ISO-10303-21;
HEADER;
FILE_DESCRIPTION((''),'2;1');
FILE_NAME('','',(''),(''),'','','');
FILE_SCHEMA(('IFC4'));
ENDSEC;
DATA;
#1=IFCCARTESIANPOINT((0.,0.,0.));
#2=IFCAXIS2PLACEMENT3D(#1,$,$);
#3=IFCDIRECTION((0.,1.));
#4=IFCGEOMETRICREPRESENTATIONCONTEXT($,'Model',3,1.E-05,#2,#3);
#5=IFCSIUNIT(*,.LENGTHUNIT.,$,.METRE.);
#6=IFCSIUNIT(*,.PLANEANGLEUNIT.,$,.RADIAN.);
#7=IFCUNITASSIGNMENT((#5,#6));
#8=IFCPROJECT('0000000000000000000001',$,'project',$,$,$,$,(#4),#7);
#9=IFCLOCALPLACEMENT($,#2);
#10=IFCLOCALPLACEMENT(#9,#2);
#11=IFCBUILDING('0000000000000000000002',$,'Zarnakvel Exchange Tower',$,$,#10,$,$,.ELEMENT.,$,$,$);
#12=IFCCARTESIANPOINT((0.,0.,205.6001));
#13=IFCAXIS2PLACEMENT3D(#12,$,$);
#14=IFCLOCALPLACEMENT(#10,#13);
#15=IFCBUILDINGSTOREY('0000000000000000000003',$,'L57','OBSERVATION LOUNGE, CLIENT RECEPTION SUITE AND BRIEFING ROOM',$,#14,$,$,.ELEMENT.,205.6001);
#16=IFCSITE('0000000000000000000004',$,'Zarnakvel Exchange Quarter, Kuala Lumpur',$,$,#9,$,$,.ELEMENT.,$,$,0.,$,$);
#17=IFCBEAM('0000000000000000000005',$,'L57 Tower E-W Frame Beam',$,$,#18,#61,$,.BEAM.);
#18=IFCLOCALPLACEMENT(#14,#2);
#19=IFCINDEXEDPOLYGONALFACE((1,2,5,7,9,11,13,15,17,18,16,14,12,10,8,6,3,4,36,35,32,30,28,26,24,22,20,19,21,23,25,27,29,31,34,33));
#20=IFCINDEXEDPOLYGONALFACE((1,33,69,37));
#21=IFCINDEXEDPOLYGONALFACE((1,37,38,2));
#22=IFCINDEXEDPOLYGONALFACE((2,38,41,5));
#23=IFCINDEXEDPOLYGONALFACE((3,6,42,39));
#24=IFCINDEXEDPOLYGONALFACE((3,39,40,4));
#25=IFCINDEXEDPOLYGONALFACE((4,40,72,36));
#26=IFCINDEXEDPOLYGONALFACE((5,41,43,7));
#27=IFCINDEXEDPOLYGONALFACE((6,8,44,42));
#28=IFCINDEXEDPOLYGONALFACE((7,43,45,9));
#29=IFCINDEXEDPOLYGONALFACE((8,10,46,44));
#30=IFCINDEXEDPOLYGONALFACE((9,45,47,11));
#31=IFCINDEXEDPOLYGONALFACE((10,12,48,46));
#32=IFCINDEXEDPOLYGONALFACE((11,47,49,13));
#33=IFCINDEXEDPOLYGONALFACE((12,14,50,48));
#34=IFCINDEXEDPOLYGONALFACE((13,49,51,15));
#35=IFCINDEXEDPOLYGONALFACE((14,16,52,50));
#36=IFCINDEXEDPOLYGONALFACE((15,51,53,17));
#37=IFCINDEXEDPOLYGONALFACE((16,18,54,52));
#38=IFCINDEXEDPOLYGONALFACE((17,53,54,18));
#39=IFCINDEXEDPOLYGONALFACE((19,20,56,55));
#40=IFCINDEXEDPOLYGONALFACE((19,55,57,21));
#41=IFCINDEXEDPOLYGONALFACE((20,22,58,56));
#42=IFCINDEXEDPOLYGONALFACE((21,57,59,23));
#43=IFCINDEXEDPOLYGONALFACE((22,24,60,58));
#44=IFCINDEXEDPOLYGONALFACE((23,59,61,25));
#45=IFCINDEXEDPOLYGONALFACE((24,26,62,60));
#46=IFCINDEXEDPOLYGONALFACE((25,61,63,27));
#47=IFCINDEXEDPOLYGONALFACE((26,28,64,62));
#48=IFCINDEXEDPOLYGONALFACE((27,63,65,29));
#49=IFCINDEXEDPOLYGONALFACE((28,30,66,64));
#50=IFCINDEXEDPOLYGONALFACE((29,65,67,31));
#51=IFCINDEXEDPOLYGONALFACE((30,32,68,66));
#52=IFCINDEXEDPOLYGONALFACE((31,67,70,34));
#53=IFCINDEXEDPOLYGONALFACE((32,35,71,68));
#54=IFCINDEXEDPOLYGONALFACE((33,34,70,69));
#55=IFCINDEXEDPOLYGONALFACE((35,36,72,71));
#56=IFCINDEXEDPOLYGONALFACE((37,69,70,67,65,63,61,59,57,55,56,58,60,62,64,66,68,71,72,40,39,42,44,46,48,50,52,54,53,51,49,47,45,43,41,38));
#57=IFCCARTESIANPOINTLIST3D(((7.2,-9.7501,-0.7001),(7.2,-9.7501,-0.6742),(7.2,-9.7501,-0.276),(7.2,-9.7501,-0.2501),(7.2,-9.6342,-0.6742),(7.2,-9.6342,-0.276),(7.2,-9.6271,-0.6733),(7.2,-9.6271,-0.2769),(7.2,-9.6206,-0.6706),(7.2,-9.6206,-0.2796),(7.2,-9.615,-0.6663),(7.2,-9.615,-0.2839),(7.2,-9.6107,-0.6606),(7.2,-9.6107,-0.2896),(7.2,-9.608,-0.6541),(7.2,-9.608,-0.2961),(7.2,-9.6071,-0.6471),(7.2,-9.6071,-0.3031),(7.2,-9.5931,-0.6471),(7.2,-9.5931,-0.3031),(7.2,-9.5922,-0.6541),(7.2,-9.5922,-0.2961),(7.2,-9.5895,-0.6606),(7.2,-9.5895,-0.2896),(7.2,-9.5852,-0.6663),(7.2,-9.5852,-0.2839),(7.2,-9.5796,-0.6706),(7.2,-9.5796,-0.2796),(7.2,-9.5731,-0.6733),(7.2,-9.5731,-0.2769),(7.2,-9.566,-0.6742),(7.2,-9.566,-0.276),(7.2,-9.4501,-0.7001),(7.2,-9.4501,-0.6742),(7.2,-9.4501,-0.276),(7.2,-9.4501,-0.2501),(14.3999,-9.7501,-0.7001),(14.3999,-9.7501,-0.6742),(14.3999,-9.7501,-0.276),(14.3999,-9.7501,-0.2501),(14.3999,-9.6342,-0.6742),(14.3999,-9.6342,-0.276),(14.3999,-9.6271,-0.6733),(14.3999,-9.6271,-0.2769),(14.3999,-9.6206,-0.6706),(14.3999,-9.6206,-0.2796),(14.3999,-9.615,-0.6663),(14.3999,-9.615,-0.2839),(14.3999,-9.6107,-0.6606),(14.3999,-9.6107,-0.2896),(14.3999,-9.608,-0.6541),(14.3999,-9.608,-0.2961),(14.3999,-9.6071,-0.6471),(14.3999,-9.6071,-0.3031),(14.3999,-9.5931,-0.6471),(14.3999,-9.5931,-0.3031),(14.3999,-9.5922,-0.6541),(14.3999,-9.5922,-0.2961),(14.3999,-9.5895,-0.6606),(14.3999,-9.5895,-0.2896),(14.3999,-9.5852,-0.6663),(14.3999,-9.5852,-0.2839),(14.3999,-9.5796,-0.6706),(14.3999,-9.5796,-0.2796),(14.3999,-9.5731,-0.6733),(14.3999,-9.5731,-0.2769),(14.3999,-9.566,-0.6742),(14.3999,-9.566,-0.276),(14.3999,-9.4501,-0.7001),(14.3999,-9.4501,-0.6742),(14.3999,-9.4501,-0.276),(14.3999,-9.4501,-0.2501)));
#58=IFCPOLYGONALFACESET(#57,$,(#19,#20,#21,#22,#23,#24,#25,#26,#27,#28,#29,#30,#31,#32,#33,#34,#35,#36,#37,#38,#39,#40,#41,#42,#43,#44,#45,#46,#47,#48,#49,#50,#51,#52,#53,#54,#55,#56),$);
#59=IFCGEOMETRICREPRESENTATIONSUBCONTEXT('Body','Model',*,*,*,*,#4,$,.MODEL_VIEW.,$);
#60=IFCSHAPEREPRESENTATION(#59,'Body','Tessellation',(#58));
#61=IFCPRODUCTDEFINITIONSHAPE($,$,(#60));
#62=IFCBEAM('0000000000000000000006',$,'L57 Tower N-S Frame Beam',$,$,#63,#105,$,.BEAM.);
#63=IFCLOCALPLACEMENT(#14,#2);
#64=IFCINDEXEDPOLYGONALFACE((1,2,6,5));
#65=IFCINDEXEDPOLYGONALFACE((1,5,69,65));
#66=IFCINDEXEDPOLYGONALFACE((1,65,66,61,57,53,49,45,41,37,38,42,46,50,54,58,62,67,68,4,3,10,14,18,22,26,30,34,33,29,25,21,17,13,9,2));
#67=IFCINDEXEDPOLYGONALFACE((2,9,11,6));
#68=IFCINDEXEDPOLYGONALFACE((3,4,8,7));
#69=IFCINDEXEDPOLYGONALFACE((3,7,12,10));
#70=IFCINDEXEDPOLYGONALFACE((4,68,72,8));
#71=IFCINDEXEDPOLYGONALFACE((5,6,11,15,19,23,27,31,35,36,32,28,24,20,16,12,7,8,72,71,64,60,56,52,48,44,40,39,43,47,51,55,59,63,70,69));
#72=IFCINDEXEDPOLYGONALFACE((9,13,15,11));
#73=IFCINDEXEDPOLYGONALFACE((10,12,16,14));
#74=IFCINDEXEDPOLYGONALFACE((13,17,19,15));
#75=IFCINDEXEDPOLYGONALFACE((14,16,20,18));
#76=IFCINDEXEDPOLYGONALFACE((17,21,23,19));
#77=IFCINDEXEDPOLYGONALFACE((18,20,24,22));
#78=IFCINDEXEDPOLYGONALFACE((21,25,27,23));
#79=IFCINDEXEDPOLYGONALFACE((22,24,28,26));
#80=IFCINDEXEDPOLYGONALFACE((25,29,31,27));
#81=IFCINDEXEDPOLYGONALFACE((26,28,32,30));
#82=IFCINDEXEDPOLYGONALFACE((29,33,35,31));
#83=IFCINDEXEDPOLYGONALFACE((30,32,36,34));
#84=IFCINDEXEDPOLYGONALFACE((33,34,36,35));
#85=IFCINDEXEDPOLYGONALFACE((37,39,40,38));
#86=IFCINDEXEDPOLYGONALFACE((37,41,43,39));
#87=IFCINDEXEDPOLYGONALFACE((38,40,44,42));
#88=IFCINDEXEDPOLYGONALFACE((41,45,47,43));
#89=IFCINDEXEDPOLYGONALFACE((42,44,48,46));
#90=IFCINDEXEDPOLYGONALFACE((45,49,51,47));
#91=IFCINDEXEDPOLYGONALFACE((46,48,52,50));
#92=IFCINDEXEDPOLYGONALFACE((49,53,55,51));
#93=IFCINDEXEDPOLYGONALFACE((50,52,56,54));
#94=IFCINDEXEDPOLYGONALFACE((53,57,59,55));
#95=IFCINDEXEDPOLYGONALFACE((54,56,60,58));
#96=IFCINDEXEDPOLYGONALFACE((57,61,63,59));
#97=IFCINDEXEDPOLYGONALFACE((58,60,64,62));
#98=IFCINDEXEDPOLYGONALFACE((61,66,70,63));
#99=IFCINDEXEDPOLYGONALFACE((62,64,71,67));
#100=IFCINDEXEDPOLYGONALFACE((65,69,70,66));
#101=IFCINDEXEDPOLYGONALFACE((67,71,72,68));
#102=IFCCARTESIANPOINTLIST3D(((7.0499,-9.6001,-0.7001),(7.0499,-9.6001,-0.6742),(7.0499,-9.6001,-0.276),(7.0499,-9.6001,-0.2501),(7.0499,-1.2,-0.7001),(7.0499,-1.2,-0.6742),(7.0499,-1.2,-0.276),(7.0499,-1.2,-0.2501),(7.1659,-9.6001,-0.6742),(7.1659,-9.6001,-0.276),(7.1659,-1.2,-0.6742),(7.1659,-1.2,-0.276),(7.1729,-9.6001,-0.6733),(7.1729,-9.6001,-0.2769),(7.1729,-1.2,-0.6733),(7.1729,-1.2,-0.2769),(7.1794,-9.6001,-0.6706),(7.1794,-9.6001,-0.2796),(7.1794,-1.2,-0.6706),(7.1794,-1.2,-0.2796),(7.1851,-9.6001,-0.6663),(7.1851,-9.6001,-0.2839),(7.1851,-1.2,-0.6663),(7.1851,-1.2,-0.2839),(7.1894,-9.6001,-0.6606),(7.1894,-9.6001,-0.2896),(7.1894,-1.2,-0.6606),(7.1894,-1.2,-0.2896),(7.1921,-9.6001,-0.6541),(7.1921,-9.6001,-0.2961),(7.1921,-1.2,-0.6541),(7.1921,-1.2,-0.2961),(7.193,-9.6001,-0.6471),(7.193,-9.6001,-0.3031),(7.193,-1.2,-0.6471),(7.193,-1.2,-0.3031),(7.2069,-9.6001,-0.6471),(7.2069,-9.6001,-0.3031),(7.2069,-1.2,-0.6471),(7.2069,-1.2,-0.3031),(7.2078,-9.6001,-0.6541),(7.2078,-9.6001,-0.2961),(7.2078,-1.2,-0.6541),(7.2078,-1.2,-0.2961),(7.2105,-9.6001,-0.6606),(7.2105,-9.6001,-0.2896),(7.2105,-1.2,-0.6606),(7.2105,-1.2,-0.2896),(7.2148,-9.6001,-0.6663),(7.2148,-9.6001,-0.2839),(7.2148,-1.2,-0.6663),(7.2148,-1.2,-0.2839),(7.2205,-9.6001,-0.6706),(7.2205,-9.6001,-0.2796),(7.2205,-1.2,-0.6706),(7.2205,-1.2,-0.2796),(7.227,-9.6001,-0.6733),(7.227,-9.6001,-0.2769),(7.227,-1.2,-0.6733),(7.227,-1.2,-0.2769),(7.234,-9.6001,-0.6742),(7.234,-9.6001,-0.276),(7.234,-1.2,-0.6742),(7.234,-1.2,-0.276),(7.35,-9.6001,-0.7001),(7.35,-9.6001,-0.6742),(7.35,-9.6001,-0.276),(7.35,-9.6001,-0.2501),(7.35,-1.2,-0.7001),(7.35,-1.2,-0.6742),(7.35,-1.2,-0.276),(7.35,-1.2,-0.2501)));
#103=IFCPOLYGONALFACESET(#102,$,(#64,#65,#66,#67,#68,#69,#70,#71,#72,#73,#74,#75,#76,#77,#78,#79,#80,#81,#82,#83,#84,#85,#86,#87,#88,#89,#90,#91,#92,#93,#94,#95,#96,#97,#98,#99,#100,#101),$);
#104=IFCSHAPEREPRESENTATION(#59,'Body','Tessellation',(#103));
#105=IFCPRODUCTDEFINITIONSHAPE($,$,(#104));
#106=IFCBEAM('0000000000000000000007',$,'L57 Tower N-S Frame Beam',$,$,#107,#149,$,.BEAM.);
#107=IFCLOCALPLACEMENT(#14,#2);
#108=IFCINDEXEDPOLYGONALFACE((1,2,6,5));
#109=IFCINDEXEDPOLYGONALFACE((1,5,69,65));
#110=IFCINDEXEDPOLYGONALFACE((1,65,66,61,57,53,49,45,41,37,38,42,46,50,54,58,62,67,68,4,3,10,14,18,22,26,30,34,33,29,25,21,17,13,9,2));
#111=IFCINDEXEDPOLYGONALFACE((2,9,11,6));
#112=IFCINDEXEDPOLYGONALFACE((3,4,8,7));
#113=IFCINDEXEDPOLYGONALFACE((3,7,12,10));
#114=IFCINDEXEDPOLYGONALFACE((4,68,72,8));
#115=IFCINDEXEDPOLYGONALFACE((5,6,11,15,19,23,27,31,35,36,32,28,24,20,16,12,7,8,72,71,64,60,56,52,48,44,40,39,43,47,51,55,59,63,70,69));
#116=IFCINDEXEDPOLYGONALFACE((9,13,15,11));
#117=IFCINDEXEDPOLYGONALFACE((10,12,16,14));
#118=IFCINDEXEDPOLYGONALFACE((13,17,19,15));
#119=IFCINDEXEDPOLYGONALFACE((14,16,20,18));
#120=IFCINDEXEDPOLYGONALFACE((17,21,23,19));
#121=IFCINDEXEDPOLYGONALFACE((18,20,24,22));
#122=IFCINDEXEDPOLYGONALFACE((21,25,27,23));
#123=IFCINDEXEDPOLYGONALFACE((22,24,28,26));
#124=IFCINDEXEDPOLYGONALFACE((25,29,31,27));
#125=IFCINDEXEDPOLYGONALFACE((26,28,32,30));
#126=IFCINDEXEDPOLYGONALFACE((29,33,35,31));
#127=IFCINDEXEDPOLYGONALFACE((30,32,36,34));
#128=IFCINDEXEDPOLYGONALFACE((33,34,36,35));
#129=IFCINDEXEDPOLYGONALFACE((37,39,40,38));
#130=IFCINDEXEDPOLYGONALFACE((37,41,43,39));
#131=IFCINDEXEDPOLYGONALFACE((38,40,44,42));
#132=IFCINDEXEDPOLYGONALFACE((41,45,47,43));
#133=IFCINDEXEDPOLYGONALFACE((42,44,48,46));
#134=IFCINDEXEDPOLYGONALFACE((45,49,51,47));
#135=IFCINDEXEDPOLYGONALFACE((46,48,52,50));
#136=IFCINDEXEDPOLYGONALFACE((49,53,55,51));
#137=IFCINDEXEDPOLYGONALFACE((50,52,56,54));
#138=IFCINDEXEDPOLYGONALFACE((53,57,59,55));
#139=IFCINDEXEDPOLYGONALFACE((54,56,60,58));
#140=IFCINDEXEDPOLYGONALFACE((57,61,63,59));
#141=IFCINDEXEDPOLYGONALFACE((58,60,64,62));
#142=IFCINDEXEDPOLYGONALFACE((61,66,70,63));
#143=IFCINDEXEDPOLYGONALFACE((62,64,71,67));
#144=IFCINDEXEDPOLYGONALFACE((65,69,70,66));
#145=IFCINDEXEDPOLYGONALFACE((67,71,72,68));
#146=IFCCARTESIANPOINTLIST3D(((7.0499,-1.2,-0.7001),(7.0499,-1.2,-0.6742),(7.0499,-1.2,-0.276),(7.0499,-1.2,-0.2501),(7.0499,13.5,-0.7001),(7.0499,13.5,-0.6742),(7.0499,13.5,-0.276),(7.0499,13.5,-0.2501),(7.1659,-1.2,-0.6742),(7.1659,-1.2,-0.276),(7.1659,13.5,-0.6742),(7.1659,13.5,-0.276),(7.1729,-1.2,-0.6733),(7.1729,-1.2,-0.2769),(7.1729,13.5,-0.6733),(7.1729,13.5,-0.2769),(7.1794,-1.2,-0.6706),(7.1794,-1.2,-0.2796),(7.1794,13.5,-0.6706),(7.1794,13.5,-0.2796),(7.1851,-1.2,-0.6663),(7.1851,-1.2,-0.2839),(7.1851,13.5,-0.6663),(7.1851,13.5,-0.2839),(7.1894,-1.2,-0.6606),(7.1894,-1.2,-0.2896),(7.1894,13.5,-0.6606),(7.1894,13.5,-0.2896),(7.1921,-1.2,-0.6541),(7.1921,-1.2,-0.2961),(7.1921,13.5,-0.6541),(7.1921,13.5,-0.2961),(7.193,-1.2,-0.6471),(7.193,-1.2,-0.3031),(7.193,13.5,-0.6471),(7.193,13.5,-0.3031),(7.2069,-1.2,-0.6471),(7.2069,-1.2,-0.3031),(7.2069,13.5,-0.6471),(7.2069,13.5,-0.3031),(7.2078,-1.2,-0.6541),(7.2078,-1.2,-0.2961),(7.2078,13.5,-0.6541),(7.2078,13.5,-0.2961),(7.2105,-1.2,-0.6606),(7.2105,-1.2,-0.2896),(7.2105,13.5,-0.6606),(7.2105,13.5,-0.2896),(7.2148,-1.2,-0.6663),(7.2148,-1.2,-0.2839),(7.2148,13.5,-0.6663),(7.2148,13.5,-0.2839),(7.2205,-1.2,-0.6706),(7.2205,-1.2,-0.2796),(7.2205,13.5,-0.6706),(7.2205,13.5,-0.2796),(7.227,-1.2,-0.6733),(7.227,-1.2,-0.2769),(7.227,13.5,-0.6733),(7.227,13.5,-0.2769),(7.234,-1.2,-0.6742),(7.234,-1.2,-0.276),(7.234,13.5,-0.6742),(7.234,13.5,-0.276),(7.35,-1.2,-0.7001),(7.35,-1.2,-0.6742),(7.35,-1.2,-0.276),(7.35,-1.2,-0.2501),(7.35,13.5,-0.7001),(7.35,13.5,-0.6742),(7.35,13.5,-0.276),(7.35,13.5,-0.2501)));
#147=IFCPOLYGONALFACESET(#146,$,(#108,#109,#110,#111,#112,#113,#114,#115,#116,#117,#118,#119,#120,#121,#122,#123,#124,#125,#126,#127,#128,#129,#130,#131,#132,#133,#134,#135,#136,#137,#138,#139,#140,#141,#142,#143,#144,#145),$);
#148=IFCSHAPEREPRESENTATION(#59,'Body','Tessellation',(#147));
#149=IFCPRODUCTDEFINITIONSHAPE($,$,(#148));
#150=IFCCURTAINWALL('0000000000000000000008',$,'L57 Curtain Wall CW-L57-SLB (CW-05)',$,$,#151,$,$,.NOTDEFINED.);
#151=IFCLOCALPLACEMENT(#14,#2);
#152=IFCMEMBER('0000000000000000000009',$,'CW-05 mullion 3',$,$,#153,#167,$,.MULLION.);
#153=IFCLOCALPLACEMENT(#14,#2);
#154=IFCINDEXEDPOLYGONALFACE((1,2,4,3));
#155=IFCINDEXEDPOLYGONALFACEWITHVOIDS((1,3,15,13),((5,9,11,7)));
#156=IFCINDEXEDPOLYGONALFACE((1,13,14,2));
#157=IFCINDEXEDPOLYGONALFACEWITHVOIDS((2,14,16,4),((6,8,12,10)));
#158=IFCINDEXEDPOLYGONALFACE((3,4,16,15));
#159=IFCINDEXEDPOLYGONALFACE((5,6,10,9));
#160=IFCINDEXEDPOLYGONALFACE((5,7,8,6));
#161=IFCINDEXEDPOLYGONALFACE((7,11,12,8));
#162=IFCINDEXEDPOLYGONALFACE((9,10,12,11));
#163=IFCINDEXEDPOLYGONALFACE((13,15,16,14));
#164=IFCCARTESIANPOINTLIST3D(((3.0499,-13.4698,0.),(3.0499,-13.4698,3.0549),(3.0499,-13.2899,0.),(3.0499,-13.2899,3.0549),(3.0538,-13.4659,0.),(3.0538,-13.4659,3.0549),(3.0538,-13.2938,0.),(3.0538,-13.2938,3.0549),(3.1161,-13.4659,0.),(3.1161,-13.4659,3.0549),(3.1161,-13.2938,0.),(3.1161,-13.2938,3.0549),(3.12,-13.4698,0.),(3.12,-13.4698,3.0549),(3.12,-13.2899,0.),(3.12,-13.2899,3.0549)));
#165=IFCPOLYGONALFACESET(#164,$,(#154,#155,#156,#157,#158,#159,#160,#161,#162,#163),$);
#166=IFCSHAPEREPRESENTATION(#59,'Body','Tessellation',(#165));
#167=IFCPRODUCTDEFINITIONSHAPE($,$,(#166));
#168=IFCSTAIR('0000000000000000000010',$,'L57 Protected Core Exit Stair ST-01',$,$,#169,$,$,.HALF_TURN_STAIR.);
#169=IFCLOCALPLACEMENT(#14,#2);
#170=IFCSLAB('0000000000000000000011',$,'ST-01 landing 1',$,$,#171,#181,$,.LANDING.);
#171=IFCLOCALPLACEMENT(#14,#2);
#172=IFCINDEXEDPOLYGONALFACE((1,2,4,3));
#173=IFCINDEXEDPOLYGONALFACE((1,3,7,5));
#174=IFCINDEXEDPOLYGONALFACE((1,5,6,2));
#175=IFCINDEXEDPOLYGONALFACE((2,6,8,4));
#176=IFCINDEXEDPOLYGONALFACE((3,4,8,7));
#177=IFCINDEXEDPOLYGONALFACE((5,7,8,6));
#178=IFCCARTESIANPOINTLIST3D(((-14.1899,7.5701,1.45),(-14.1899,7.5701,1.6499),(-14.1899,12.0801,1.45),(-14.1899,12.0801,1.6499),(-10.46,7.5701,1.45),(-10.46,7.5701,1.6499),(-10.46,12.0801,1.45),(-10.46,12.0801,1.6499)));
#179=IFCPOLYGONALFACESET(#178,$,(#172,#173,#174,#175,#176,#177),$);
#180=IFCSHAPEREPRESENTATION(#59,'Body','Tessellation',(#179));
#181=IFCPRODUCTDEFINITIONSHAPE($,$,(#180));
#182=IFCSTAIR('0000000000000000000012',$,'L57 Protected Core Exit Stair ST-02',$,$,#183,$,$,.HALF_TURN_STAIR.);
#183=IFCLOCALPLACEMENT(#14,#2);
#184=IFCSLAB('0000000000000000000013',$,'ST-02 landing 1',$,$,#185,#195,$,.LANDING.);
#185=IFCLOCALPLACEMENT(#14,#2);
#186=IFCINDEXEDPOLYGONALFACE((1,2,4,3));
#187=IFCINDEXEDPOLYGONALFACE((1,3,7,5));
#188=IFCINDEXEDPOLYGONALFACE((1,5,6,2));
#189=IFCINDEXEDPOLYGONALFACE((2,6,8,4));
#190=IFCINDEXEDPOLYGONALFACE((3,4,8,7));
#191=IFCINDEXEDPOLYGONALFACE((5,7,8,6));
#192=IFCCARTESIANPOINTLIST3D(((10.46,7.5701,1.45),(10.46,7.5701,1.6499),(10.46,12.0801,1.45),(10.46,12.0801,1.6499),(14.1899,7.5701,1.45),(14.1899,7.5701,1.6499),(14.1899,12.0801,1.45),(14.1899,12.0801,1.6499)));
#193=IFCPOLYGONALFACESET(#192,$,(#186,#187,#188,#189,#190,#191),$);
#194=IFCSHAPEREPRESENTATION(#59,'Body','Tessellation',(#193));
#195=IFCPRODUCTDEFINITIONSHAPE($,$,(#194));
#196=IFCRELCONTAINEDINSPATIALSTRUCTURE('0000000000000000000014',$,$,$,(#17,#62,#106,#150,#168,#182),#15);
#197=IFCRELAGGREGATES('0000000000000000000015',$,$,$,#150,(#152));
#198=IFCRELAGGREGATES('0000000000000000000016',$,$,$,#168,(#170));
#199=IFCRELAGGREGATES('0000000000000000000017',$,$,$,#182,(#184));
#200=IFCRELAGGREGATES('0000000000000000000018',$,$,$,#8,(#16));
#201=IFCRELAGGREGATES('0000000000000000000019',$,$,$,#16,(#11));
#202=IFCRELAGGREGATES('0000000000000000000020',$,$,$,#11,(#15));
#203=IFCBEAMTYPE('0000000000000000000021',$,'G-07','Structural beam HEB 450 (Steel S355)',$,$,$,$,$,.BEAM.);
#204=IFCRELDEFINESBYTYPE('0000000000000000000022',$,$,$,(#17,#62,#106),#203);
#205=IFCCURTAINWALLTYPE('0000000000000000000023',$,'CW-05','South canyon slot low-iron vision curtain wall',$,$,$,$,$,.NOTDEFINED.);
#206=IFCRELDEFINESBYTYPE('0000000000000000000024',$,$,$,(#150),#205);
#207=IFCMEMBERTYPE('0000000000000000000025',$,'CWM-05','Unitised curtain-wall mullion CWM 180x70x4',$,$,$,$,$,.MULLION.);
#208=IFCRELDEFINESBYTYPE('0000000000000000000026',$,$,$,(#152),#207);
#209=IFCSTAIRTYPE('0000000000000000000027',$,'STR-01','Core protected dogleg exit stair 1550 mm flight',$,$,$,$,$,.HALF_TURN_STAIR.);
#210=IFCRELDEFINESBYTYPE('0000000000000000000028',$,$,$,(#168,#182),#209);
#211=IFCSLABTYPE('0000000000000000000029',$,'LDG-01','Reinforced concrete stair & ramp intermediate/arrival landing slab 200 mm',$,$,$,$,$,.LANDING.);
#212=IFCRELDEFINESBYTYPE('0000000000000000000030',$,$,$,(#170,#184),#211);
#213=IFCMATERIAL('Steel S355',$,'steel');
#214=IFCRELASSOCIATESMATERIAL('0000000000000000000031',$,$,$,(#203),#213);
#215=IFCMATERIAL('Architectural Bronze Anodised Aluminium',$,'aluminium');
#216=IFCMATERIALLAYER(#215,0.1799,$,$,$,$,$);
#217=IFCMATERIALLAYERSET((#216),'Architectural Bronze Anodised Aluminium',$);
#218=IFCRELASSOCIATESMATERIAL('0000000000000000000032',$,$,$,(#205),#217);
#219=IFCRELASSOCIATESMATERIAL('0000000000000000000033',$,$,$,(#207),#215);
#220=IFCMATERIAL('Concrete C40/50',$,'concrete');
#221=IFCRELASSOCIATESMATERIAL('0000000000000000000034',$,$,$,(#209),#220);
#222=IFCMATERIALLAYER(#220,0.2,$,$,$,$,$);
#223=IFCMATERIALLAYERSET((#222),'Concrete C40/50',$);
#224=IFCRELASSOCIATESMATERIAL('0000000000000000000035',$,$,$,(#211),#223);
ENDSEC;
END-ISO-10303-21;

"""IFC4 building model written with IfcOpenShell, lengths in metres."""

from ifc_helpers import new_model, si_unit, direction, frame, origin, origin_2d, place, context, subcontext, project, spatial, polyline, hollow_rectangle, i_section, outline, extrude, source, transform, mapped, material, layer, layer_set, material_profile, profile_set, type_object, element, aggregate, save


model = new_model("IFC4")

# Units and contexts
model_context = context("Model", 3, precision=1e-05, world=origin(), true_north=direction((0.0, 1.0)))
body_context = subcontext(model_context, "Body", "Model", "MODEL_VIEW")
ifc_project = project(units=[si_unit("LENGTHUNIT", "METRE"), si_unit("PLANEANGLEUNIT", "RADIAN")], contexts=[model_context])

# Site, building, storey
site_placement = place(None, origin())
site = spatial("IfcSite", under=ifc_project, at=site_placement, Name="Zarnakvel Exchange Quarter, Kuala Lumpur", CompositionType="ELEMENT", RefElevation=0.0)
building_placement = place(site_placement, origin())
building = spatial("IfcBuilding", under=site, at=building_placement, Name="Zarnakvel Exchange Tower", CompositionType="ELEMENT")
storey_placement = place(building_placement, frame((0.0, 0.0, 205.6001)))
storey = spatial("IfcBuildingStorey", under=building, at=storey_placement, Name="L57", Description="OBSERVATION LOUNGE, CLIENT RECEPTION SUITE AND BRIEFING ROOM", CompositionType="ELEMENT", Elevation=205.6001)

# Beams
ifc_material_1 = material(Name="Steel S355", Category="steel")
ifc_material_profile_1 = material_profile(ifc_material_1, i_section(OverallWidth=0.3, OverallDepth=0.45, WebThickness=0.0139, FlangeThickness=0.0259, FilletRadius=0.0271, at=origin_2d()))
ifc_profile_set_1 = profile_set([ifc_material_profile_1], Name="Steel S355")
beam_type_1 = type_object("IfcBeamType", Name="G-07", Description="Structural beam HEB 450 (Steel S355)", PredefinedType="BEAM", material=ifc_profile_set_1)
beam_1_placement = place(storey_placement, frame((7.2, -9.6001, -0.4751), z_axis=(1.0, 0.0, 0.0), x_axis=(0.0, 1.0, 0.0)))
element("IfcBeam", 1, at=beam_1_placement, inside=storey, type_object=beam_type_1, Name="L57 Tower E-W Frame Beam", PredefinedType="BEAM", context=body_context, shape_type="SweptSolid", body=[
    extrude(i_section(OverallWidth=0.3, OverallDepth=0.45, WebThickness=0.0139, FlangeThickness=0.0259, FilletRadius=0.0271, at=origin_2d()), origin(), (0.0, 0.0, 1.0), 7.2),
])
beam_2_placement = place(storey_placement, frame((7.2, -9.6001, -0.4751), z_axis=(0.0, 1.0, 0.0), x_axis=(-1.0, 0.0, 0.0)))
element("IfcBeam", 2, at=beam_2_placement, inside=storey, type_object=beam_type_1, Name="L57 Tower N-S Frame Beam", PredefinedType="BEAM", context=body_context, shape_type="SweptSolid", body=[
    extrude(i_section(OverallWidth=0.3, OverallDepth=0.45, WebThickness=0.0139, FlangeThickness=0.0259, FilletRadius=0.0271, at=origin_2d()), origin(), (0.0, 0.0, 1.0), 8.4001),
])
beam_3_placement = place(storey_placement, frame((7.2, -1.2, -0.4751), z_axis=(0.0, 1.0, 0.0), x_axis=(-1.0, 0.0, 0.0)))
element("IfcBeam", 3, at=beam_3_placement, inside=storey, type_object=beam_type_1, Name="L57 Tower N-S Frame Beam", PredefinedType="BEAM", context=body_context, shape_type="SweptSolid", body=[
    extrude(i_section(OverallWidth=0.3, OverallDepth=0.45, WebThickness=0.0139, FlangeThickness=0.0259, FilletRadius=0.0271, at=origin_2d()), origin(), (0.0, 0.0, 1.0), 14.7),
])

# Curtain wall, member
ifc_material_2 = material(Name="Architectural Bronze Anodised Aluminium", Category="aluminium")
ifc_layer_1 = layer(ifc_material_2, 0.1799)
ifc_layer_set_1 = layer_set([ifc_layer_1], Name="Architectural Bronze Anodised Aluminium")
curtain_wall_type = type_object("IfcCurtainWallType", Name="CW-05", Description="South canyon slot low-iron vision curtain wall", PredefinedType="NOTDEFINED", material=ifc_layer_set_1)
curtain_wall_placement = place(storey_placement, origin())
curtain_wall = element("IfcCurtainWall", 4, at=curtain_wall_placement, inside=storey, type_object=curtain_wall_type, Name="L57 Curtain Wall CW-L57-SLB (CW-05)", PredefinedType="NOTDEFINED")
ifc_material_profile_2 = material_profile(ifc_material_2, hollow_rectangle(XDim=0.1799, YDim=0.0701, WallThickness=0.0039, at=origin_2d()))
ifc_profile_set_2 = profile_set([ifc_material_profile_2], Name="Architectural Bronze Anodised Aluminium")
member_type = type_object("IfcMemberType", Name="CWM-05", Description="Unitised curtain-wall mullion CWM 180x70x4", PredefinedType="MULLION", material=ifc_profile_set_2)
shared_shape_1 = source(origin(), body_context, "Body", "SweptSolid", [
    extrude(hollow_rectangle(XDim=0.1799, YDim=0.0701, WallThickness=0.0039, at=origin_2d()), origin(), (0.0, 0.0, 1.0), 3.0549),
])
member_placement = place(storey_placement, frame((3.085, -13.3799, 0.0), z_axis=(0.0, 0.0, 1.0), x_axis=(0.0, 1.0, 0.0)))
member = element("IfcMember", 5, at=member_placement, type_object=member_type, Name="CW-05 mullion 3", PredefinedType="MULLION", context=body_context, shape_type="MappedRepresentation", body=[
    mapped(shared_shape_1, transform((0.0, 0.0, 0.0), x_axis=(1.0, 0.0, 0.0), y_axis=(0.0, 1.0, 0.0), z_axis=(0.0, 0.0, 1.0), scale=1.0)),
])
aggregate(curtain_wall, [member])

# Stairs, slabs
ifc_material_3 = material(Name="Concrete C40/50", Category="concrete")
stair_type = type_object("IfcStairType", Name="STR-01", Description="Core protected dogleg exit stair 1550 mm flight", PredefinedType="HALF_TURN_STAIR", material=ifc_material_3)
stair_1_placement = place(storey_placement, origin())
stair_1 = element("IfcStair", 6, at=stair_1_placement, inside=storey, type_object=stair_type, Name="L57 Protected Core Exit Stair ST-01", PredefinedType="HALF_TURN_STAIR")
ifc_layer_2 = layer(ifc_material_3, 0.2)
ifc_layer_set_2 = layer_set([ifc_layer_2], Name="Concrete C40/50")
slab_type_1 = type_object("IfcSlabType", Name="LDG-01", Description="Reinforced concrete stair & ramp intermediate/arrival landing slab 200 mm", PredefinedType="LANDING", material=ifc_layer_set_2)
slab_1_placement = place(storey_placement, frame((0.0, 0.0, 1.45)))
slab_1 = element("IfcSlab", 7, at=slab_1_placement, type_object=slab_type_1, Name="ST-01 landing 1", PredefinedType="LANDING", context=body_context, shape_type="SweptSolid", body=[
    extrude(outline(polyline([(-14.1899, 7.5701), (-10.46, 7.5701), (-10.46, 12.0801), (-14.1899, 12.0801), (-14.1899, 7.5701)])), origin(), (0.0, 0.0, 1.0), 0.2),
])
aggregate(stair_1, [slab_1])
stair_2_placement = place(storey_placement, origin())
stair_2 = element("IfcStair", 8, at=stair_2_placement, inside=storey, type_object=stair_type, Name="L57 Protected Core Exit Stair ST-02", PredefinedType="HALF_TURN_STAIR")
slab_2_placement = place(storey_placement, frame((0.0, 0.0, 1.45)))
slab_2 = element("IfcSlab", 9, at=slab_2_placement, type_object=slab_type_1, Name="ST-02 landing 1", PredefinedType="LANDING", context=body_context, shape_type="SweptSolid", body=[
    extrude(outline(polyline([(10.46, 7.5701), (14.1899, 7.5701), (14.1899, 12.0801), (10.46, 12.0801), (10.46, 7.5701)])), origin(), (0.0, 0.0, 1.0), 0.2),
])
aggregate(stair_2, [slab_2])

save(model, "model.ifc")
